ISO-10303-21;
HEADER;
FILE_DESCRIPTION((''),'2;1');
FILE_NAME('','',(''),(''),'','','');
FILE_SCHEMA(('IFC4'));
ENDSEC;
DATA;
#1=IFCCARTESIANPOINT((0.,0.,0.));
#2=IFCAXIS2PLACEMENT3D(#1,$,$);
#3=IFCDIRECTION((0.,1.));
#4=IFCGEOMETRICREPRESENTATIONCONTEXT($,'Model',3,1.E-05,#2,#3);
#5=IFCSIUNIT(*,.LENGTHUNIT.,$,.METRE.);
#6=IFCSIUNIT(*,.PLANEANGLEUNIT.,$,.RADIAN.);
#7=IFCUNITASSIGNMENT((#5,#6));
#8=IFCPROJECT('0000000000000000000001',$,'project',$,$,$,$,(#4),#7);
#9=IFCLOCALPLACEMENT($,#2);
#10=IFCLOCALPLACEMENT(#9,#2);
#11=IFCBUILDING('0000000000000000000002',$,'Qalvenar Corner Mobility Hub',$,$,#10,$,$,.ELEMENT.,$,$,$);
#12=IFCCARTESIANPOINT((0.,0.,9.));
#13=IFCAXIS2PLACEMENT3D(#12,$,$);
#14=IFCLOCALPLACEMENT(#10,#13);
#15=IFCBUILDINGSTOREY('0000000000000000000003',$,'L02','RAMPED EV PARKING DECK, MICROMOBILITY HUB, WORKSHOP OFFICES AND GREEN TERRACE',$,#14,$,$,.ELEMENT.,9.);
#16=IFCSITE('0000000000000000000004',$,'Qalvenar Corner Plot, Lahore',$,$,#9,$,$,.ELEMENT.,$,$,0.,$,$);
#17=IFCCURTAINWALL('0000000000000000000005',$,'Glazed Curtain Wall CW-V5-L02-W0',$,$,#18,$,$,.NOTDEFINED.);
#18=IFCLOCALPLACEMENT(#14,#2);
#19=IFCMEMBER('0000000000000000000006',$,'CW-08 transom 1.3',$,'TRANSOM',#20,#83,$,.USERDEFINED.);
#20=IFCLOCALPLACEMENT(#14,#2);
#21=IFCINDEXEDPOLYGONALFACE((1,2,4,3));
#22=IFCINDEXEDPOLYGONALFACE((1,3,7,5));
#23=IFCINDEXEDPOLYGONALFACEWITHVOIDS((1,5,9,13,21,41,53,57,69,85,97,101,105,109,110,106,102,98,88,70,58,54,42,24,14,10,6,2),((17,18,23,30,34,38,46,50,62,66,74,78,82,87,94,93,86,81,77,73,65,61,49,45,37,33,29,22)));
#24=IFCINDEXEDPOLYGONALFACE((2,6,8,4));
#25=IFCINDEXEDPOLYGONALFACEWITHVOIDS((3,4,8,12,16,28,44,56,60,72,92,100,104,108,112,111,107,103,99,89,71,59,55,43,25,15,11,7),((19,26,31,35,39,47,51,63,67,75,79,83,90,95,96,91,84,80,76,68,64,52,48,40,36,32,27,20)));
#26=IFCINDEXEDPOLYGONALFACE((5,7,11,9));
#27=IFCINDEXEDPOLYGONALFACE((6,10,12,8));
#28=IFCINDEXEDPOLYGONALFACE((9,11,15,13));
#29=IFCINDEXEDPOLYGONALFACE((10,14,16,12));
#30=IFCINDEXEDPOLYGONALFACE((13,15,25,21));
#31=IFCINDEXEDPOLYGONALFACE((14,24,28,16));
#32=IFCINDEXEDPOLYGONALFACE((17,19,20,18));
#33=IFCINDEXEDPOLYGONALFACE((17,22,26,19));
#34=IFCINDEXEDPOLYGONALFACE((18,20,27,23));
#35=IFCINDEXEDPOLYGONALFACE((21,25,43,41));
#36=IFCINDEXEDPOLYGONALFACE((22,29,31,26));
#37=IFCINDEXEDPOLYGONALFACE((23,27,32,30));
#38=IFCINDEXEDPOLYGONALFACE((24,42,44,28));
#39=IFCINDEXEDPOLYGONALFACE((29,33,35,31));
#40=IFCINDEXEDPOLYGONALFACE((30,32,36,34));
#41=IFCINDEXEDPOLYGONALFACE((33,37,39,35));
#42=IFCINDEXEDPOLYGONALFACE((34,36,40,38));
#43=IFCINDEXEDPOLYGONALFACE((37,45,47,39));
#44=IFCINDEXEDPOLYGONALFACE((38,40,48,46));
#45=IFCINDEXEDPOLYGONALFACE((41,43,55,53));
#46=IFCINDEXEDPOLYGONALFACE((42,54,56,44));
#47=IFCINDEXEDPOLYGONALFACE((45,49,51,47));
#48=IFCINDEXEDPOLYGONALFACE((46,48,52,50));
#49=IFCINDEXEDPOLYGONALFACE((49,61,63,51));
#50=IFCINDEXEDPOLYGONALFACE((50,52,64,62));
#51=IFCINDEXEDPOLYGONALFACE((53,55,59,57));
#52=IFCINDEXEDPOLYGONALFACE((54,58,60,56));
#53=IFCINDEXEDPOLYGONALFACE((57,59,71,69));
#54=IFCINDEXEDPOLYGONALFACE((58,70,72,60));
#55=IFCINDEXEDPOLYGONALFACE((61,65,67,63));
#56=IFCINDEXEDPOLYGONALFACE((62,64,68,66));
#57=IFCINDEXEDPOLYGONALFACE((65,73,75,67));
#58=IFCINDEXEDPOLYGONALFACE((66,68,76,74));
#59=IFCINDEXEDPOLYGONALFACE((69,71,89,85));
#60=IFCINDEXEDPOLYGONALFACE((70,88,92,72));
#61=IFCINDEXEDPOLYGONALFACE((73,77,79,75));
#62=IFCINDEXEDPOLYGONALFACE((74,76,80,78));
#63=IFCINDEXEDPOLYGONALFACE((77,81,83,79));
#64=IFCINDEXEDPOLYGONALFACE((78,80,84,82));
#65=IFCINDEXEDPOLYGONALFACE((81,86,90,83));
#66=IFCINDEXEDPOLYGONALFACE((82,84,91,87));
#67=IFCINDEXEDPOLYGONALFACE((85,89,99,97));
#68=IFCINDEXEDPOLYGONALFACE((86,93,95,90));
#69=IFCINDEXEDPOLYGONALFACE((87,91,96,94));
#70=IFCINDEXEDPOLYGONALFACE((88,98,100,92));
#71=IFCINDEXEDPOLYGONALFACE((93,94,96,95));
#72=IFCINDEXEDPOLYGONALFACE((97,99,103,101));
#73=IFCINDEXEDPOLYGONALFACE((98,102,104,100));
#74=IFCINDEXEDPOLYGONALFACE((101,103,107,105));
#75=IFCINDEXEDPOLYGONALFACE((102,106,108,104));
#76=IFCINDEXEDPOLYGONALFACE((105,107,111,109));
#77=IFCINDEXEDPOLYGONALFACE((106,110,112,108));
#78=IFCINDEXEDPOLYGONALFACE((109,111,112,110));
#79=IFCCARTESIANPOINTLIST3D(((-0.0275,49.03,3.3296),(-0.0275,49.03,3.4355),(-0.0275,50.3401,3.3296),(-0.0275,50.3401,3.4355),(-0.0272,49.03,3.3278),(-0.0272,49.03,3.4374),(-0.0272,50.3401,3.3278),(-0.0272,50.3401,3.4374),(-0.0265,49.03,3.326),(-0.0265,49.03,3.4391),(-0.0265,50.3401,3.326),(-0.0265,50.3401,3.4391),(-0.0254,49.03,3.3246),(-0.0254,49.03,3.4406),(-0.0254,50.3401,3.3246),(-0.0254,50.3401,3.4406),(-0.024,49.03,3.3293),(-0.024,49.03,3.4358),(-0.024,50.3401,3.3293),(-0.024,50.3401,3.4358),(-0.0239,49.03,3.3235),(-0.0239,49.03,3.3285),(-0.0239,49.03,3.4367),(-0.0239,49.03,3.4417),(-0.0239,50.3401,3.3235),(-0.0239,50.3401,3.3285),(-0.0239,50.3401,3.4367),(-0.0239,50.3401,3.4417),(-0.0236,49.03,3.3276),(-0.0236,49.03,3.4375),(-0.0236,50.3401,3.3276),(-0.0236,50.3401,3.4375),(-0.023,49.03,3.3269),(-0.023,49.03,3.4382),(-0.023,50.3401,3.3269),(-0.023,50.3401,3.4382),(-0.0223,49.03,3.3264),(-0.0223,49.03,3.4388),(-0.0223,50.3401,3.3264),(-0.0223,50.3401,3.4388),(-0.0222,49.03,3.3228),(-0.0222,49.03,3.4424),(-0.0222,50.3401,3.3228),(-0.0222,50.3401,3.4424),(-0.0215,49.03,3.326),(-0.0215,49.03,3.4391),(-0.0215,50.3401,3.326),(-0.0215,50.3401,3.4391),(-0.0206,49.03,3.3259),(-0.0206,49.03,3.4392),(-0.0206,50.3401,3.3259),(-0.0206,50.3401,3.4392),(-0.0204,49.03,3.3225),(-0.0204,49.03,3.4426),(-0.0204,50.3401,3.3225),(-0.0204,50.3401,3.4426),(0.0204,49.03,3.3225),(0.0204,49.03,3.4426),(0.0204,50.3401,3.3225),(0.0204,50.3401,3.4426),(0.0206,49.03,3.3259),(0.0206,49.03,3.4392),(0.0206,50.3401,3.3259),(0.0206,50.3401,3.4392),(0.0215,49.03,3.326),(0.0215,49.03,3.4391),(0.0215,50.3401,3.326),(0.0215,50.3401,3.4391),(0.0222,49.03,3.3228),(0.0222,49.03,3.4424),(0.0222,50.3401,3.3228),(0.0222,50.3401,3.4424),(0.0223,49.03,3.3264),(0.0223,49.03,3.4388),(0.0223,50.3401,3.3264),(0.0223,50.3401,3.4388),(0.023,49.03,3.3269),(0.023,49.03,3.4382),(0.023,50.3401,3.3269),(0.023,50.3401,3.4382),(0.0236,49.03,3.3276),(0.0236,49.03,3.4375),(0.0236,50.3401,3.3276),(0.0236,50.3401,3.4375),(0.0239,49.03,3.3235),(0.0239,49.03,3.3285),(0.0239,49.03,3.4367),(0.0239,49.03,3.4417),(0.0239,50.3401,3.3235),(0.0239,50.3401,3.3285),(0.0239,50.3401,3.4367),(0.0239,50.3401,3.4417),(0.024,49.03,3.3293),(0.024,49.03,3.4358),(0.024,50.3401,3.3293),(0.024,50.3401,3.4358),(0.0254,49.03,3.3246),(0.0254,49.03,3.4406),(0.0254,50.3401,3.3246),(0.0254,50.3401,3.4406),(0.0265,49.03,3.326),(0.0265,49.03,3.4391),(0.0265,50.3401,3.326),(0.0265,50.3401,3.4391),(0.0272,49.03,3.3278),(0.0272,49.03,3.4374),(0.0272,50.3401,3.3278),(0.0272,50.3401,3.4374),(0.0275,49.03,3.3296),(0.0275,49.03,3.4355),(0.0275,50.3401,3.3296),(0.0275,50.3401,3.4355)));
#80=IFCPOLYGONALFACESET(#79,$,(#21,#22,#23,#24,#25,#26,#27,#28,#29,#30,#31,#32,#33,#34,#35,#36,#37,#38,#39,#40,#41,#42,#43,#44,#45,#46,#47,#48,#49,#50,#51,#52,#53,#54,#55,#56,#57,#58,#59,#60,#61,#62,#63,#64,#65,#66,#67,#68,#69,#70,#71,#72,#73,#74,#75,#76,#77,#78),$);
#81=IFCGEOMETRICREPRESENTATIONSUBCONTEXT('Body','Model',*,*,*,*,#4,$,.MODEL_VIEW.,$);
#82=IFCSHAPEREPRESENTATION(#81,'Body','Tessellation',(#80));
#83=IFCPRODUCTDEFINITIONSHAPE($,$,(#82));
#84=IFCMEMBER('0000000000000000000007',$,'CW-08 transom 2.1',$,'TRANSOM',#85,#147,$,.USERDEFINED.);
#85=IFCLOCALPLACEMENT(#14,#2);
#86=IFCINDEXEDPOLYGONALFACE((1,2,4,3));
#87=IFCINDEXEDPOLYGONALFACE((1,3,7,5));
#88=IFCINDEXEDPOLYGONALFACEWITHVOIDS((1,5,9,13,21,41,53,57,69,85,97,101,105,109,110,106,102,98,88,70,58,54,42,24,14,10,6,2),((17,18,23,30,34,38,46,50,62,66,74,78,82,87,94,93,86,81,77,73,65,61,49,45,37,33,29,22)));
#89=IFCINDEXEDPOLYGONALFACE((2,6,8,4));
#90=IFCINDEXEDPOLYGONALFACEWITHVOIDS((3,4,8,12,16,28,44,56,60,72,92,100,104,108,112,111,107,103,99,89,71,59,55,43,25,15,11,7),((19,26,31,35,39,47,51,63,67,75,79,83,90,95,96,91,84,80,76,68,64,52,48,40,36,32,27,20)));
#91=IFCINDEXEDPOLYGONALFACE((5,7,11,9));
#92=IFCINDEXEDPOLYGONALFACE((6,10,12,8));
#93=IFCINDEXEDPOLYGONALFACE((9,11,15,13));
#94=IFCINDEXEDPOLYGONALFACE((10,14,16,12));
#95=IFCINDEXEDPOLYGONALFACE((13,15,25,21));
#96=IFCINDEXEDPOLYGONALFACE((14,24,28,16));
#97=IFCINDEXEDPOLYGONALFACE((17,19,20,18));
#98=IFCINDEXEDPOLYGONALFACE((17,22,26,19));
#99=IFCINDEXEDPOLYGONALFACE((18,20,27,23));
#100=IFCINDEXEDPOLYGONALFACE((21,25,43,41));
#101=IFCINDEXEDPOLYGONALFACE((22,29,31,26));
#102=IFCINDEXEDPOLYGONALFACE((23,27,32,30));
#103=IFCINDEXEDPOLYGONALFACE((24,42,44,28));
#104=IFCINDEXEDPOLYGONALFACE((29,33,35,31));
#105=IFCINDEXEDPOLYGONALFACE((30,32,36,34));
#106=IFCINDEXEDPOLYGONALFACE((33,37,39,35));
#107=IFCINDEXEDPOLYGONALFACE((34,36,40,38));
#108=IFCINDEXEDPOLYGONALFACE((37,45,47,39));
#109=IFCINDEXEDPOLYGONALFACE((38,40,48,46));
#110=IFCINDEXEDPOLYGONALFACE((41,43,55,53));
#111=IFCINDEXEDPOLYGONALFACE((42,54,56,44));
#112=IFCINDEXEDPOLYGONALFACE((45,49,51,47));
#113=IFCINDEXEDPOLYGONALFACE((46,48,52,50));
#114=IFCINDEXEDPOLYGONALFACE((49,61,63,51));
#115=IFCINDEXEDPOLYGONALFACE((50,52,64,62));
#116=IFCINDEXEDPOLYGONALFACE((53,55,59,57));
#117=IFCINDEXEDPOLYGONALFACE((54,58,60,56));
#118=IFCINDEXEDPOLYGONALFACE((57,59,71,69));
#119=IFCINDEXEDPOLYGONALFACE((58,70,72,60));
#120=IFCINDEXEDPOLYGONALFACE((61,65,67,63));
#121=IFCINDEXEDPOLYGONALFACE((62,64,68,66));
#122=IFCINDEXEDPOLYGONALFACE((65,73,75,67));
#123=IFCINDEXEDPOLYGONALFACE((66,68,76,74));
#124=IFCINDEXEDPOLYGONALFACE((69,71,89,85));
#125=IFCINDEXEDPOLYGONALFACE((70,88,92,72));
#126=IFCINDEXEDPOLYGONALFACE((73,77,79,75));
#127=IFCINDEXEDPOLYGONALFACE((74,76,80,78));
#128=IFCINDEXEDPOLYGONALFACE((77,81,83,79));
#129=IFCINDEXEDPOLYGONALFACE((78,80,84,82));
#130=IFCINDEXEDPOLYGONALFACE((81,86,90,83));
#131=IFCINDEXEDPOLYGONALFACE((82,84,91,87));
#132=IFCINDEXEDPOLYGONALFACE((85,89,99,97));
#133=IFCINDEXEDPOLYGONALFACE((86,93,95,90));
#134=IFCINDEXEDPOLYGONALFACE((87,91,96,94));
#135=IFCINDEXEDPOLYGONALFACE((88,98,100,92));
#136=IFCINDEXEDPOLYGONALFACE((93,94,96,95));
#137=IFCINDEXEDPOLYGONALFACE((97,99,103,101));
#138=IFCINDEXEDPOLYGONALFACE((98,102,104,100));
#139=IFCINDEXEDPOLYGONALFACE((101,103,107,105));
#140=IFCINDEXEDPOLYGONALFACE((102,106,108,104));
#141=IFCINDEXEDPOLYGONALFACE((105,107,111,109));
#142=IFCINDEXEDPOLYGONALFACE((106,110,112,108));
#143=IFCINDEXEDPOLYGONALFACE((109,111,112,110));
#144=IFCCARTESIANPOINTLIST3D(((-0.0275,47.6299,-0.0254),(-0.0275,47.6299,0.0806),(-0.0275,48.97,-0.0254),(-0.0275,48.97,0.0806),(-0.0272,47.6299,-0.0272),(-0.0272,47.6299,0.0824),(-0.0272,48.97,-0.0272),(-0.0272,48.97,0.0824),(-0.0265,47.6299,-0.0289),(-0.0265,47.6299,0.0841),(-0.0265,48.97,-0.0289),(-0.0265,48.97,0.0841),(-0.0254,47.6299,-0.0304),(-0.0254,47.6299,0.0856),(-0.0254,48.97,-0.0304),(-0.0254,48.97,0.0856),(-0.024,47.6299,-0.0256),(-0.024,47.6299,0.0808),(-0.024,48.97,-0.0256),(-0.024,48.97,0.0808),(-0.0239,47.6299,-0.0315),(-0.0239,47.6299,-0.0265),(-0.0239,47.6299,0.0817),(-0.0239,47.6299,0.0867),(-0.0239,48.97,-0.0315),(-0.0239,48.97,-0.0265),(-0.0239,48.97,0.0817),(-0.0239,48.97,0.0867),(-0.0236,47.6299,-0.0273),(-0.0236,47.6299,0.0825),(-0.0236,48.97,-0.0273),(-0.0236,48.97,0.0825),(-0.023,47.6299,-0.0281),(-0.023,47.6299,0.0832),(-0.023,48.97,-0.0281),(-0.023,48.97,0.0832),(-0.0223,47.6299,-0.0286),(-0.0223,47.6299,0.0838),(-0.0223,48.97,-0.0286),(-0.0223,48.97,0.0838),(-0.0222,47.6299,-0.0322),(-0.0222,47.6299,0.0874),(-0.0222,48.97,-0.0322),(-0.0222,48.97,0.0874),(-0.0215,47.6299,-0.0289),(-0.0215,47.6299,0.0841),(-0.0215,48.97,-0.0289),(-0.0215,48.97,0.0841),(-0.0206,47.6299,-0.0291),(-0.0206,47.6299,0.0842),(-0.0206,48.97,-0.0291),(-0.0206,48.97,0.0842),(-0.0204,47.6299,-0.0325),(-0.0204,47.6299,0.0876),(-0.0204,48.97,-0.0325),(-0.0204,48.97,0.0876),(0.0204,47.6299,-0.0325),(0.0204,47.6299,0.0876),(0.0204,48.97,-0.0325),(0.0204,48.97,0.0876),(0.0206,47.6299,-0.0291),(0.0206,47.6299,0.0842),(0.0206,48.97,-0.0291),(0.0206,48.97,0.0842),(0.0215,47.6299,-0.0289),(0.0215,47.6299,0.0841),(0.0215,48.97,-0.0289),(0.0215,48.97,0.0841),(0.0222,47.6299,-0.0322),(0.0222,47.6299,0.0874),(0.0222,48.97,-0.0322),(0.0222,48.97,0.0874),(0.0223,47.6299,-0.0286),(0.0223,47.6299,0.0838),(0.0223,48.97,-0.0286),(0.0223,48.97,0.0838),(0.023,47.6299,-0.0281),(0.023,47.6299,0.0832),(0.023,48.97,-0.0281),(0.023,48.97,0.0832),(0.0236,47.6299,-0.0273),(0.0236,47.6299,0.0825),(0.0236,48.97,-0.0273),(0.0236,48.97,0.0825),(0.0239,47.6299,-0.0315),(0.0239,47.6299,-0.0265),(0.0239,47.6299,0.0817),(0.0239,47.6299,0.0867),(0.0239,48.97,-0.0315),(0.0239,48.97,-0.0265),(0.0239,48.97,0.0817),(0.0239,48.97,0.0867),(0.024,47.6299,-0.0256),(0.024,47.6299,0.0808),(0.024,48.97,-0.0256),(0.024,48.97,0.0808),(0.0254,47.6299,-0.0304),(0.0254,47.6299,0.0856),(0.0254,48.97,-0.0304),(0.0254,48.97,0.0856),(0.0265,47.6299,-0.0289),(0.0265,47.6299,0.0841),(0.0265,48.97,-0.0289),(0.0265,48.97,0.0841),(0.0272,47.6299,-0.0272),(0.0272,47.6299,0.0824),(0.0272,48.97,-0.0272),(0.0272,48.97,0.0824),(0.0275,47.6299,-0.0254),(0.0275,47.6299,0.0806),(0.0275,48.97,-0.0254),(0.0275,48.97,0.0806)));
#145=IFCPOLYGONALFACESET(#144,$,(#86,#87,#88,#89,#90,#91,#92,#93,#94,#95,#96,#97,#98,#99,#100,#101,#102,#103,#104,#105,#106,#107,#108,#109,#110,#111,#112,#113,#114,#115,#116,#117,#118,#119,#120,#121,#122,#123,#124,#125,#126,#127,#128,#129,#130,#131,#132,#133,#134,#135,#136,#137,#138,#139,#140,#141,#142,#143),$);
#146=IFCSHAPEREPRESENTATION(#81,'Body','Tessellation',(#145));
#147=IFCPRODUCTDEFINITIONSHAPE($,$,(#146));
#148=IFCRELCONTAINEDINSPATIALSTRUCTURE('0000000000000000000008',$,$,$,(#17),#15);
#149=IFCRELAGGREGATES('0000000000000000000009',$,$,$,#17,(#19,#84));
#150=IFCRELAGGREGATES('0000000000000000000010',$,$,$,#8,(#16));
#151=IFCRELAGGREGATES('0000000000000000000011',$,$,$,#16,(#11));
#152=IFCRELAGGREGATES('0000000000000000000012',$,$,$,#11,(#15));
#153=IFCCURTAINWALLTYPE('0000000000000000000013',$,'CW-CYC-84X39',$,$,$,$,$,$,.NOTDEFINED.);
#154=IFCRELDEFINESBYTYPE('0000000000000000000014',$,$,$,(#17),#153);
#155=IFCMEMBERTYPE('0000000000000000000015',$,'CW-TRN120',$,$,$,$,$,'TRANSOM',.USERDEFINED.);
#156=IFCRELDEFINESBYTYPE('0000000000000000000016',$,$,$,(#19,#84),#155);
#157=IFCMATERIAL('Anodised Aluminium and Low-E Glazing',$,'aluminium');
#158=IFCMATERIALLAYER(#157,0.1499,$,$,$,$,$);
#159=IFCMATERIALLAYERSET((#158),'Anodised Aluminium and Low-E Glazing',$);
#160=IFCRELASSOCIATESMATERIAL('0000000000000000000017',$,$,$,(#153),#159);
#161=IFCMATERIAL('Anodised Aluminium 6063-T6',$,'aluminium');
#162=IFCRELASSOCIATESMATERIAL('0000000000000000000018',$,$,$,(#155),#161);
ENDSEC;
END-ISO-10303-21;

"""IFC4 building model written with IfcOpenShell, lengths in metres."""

from ifc_helpers import new_model, si_unit, direction, frame, origin, origin_2d, place, context, subcontext, project, spatial, hollow_rectangle, extrude, material, layer, layer_set, material_profile, profile_set, type_object, element, aggregate, save


model = new_model("IFC4")

# Units and contexts
model_context = context("Model", 3, precision=1e-05, world=origin(), true_north=direction((0.0, 1.0)))
body_context = subcontext(model_context, "Body", "Model", "MODEL_VIEW")
ifc_project = project(units=[si_unit("LENGTHUNIT", "METRE"), si_unit("PLANEANGLEUNIT", "RADIAN")], contexts=[model_context])

# Site, building, storey
site_placement = place(None, origin())
site = spatial("IfcSite", under=ifc_project, at=site_placement, Name="Qalvenar Corner Plot, Lahore", CompositionType="ELEMENT", RefElevation=0.0)
building_placement = place(site_placement, origin())
building = spatial("IfcBuilding", under=site, at=building_placement, Name="Qalvenar Corner Mobility Hub", CompositionType="ELEMENT")
storey_placement = place(building_placement, frame((0.0, 0.0, 9.0)))
storey = spatial("IfcBuildingStorey", under=building, at=storey_placement, Name="L02", Description="RAMPED EV PARKING DECK, MICROMOBILITY HUB, WORKSHOP OFFICES AND GREEN TERRACE", CompositionType="ELEMENT", Elevation=9.0)

# Curtain wall, members
ifc_material_1 = material(Name="Anodised Aluminium and Low-E Glazing", Category="aluminium")
ifc_layer_1 = layer(ifc_material_1, 0.1499)
ifc_layer_set_1 = layer_set([ifc_layer_1], Name="Anodised Aluminium and Low-E Glazing")
curtain_wall_type = type_object("IfcCurtainWallType", Name="CW-CYC-84X39", PredefinedType="NOTDEFINED", material=ifc_layer_set_1)
curtain_wall_placement = place(storey_placement, origin())
curtain_wall = element("IfcCurtainWall", 1, at=curtain_wall_placement, inside=storey, type_object=curtain_wall_type, Name="Glazed Curtain Wall CW-V5-L02-W0", PredefinedType="NOTDEFINED")
ifc_material_2 = material(Name="Anodised Aluminium 6063-T6", Category="aluminium")
ifc_material_profile_1 = material_profile(ifc_material_2, hollow_rectangle(XDim=0.0549, YDim=0.1201, WallThickness=0.0034, InnerFilletRadius=0.0034, OuterFilletRadius=0.0071, at=origin_2d()), Name="RHS120x55x3.5")
ifc_profile_set_1 = profile_set([ifc_material_profile_1], Name="Anodised Aluminium 6063-T6")
member_type_1 = type_object("IfcMemberType", Name="CW-TRN120", ElementType="TRANSOM", PredefinedType="USERDEFINED", material=ifc_profile_set_1)
member_1_placement = place(storey_placement, frame((0.0, 50.3401, 3.3826), z_axis=(0.0, -1.0, 0.0), x_axis=(1.0, 0.0, 0.0)))
member_1 = element("IfcMember", 2, at=member_1_placement, type_object=member_type_1, Name="CW-08 transom 1.3", ObjectType="TRANSOM", PredefinedType="USERDEFINED", context=body_context, shape_type="SweptSolid", body=[
    extrude(hollow_rectangle(XDim=0.0549, YDim=0.1201, WallThickness=0.0034, InnerFilletRadius=0.0034, OuterFilletRadius=0.0071, at=origin_2d()), origin(), (0.0, 0.0, 1.0), 1.3101),
])
member_2_placement = place(storey_placement, frame((0.0, 48.97, 0.0276), z_axis=(0.0, -1.0, 0.0), x_axis=(1.0, 0.0, 0.0)))
member_2 = element("IfcMember", 3, at=member_2_placement, type_object=member_type_1, Name="CW-08 transom 2.1", ObjectType="TRANSOM", PredefinedType="USERDEFINED", context=body_context, shape_type="SweptSolid", body=[
    extrude(hollow_rectangle(XDim=0.0549, YDim=0.1201, WallThickness=0.0034, InnerFilletRadius=0.0034, OuterFilletRadius=0.0071, at=origin_2d()), origin(), (0.0, 0.0, 1.0), 1.3401),
])

aggregate(curtain_wall, [member_1, member_2])

save(model, "model.ifc")
